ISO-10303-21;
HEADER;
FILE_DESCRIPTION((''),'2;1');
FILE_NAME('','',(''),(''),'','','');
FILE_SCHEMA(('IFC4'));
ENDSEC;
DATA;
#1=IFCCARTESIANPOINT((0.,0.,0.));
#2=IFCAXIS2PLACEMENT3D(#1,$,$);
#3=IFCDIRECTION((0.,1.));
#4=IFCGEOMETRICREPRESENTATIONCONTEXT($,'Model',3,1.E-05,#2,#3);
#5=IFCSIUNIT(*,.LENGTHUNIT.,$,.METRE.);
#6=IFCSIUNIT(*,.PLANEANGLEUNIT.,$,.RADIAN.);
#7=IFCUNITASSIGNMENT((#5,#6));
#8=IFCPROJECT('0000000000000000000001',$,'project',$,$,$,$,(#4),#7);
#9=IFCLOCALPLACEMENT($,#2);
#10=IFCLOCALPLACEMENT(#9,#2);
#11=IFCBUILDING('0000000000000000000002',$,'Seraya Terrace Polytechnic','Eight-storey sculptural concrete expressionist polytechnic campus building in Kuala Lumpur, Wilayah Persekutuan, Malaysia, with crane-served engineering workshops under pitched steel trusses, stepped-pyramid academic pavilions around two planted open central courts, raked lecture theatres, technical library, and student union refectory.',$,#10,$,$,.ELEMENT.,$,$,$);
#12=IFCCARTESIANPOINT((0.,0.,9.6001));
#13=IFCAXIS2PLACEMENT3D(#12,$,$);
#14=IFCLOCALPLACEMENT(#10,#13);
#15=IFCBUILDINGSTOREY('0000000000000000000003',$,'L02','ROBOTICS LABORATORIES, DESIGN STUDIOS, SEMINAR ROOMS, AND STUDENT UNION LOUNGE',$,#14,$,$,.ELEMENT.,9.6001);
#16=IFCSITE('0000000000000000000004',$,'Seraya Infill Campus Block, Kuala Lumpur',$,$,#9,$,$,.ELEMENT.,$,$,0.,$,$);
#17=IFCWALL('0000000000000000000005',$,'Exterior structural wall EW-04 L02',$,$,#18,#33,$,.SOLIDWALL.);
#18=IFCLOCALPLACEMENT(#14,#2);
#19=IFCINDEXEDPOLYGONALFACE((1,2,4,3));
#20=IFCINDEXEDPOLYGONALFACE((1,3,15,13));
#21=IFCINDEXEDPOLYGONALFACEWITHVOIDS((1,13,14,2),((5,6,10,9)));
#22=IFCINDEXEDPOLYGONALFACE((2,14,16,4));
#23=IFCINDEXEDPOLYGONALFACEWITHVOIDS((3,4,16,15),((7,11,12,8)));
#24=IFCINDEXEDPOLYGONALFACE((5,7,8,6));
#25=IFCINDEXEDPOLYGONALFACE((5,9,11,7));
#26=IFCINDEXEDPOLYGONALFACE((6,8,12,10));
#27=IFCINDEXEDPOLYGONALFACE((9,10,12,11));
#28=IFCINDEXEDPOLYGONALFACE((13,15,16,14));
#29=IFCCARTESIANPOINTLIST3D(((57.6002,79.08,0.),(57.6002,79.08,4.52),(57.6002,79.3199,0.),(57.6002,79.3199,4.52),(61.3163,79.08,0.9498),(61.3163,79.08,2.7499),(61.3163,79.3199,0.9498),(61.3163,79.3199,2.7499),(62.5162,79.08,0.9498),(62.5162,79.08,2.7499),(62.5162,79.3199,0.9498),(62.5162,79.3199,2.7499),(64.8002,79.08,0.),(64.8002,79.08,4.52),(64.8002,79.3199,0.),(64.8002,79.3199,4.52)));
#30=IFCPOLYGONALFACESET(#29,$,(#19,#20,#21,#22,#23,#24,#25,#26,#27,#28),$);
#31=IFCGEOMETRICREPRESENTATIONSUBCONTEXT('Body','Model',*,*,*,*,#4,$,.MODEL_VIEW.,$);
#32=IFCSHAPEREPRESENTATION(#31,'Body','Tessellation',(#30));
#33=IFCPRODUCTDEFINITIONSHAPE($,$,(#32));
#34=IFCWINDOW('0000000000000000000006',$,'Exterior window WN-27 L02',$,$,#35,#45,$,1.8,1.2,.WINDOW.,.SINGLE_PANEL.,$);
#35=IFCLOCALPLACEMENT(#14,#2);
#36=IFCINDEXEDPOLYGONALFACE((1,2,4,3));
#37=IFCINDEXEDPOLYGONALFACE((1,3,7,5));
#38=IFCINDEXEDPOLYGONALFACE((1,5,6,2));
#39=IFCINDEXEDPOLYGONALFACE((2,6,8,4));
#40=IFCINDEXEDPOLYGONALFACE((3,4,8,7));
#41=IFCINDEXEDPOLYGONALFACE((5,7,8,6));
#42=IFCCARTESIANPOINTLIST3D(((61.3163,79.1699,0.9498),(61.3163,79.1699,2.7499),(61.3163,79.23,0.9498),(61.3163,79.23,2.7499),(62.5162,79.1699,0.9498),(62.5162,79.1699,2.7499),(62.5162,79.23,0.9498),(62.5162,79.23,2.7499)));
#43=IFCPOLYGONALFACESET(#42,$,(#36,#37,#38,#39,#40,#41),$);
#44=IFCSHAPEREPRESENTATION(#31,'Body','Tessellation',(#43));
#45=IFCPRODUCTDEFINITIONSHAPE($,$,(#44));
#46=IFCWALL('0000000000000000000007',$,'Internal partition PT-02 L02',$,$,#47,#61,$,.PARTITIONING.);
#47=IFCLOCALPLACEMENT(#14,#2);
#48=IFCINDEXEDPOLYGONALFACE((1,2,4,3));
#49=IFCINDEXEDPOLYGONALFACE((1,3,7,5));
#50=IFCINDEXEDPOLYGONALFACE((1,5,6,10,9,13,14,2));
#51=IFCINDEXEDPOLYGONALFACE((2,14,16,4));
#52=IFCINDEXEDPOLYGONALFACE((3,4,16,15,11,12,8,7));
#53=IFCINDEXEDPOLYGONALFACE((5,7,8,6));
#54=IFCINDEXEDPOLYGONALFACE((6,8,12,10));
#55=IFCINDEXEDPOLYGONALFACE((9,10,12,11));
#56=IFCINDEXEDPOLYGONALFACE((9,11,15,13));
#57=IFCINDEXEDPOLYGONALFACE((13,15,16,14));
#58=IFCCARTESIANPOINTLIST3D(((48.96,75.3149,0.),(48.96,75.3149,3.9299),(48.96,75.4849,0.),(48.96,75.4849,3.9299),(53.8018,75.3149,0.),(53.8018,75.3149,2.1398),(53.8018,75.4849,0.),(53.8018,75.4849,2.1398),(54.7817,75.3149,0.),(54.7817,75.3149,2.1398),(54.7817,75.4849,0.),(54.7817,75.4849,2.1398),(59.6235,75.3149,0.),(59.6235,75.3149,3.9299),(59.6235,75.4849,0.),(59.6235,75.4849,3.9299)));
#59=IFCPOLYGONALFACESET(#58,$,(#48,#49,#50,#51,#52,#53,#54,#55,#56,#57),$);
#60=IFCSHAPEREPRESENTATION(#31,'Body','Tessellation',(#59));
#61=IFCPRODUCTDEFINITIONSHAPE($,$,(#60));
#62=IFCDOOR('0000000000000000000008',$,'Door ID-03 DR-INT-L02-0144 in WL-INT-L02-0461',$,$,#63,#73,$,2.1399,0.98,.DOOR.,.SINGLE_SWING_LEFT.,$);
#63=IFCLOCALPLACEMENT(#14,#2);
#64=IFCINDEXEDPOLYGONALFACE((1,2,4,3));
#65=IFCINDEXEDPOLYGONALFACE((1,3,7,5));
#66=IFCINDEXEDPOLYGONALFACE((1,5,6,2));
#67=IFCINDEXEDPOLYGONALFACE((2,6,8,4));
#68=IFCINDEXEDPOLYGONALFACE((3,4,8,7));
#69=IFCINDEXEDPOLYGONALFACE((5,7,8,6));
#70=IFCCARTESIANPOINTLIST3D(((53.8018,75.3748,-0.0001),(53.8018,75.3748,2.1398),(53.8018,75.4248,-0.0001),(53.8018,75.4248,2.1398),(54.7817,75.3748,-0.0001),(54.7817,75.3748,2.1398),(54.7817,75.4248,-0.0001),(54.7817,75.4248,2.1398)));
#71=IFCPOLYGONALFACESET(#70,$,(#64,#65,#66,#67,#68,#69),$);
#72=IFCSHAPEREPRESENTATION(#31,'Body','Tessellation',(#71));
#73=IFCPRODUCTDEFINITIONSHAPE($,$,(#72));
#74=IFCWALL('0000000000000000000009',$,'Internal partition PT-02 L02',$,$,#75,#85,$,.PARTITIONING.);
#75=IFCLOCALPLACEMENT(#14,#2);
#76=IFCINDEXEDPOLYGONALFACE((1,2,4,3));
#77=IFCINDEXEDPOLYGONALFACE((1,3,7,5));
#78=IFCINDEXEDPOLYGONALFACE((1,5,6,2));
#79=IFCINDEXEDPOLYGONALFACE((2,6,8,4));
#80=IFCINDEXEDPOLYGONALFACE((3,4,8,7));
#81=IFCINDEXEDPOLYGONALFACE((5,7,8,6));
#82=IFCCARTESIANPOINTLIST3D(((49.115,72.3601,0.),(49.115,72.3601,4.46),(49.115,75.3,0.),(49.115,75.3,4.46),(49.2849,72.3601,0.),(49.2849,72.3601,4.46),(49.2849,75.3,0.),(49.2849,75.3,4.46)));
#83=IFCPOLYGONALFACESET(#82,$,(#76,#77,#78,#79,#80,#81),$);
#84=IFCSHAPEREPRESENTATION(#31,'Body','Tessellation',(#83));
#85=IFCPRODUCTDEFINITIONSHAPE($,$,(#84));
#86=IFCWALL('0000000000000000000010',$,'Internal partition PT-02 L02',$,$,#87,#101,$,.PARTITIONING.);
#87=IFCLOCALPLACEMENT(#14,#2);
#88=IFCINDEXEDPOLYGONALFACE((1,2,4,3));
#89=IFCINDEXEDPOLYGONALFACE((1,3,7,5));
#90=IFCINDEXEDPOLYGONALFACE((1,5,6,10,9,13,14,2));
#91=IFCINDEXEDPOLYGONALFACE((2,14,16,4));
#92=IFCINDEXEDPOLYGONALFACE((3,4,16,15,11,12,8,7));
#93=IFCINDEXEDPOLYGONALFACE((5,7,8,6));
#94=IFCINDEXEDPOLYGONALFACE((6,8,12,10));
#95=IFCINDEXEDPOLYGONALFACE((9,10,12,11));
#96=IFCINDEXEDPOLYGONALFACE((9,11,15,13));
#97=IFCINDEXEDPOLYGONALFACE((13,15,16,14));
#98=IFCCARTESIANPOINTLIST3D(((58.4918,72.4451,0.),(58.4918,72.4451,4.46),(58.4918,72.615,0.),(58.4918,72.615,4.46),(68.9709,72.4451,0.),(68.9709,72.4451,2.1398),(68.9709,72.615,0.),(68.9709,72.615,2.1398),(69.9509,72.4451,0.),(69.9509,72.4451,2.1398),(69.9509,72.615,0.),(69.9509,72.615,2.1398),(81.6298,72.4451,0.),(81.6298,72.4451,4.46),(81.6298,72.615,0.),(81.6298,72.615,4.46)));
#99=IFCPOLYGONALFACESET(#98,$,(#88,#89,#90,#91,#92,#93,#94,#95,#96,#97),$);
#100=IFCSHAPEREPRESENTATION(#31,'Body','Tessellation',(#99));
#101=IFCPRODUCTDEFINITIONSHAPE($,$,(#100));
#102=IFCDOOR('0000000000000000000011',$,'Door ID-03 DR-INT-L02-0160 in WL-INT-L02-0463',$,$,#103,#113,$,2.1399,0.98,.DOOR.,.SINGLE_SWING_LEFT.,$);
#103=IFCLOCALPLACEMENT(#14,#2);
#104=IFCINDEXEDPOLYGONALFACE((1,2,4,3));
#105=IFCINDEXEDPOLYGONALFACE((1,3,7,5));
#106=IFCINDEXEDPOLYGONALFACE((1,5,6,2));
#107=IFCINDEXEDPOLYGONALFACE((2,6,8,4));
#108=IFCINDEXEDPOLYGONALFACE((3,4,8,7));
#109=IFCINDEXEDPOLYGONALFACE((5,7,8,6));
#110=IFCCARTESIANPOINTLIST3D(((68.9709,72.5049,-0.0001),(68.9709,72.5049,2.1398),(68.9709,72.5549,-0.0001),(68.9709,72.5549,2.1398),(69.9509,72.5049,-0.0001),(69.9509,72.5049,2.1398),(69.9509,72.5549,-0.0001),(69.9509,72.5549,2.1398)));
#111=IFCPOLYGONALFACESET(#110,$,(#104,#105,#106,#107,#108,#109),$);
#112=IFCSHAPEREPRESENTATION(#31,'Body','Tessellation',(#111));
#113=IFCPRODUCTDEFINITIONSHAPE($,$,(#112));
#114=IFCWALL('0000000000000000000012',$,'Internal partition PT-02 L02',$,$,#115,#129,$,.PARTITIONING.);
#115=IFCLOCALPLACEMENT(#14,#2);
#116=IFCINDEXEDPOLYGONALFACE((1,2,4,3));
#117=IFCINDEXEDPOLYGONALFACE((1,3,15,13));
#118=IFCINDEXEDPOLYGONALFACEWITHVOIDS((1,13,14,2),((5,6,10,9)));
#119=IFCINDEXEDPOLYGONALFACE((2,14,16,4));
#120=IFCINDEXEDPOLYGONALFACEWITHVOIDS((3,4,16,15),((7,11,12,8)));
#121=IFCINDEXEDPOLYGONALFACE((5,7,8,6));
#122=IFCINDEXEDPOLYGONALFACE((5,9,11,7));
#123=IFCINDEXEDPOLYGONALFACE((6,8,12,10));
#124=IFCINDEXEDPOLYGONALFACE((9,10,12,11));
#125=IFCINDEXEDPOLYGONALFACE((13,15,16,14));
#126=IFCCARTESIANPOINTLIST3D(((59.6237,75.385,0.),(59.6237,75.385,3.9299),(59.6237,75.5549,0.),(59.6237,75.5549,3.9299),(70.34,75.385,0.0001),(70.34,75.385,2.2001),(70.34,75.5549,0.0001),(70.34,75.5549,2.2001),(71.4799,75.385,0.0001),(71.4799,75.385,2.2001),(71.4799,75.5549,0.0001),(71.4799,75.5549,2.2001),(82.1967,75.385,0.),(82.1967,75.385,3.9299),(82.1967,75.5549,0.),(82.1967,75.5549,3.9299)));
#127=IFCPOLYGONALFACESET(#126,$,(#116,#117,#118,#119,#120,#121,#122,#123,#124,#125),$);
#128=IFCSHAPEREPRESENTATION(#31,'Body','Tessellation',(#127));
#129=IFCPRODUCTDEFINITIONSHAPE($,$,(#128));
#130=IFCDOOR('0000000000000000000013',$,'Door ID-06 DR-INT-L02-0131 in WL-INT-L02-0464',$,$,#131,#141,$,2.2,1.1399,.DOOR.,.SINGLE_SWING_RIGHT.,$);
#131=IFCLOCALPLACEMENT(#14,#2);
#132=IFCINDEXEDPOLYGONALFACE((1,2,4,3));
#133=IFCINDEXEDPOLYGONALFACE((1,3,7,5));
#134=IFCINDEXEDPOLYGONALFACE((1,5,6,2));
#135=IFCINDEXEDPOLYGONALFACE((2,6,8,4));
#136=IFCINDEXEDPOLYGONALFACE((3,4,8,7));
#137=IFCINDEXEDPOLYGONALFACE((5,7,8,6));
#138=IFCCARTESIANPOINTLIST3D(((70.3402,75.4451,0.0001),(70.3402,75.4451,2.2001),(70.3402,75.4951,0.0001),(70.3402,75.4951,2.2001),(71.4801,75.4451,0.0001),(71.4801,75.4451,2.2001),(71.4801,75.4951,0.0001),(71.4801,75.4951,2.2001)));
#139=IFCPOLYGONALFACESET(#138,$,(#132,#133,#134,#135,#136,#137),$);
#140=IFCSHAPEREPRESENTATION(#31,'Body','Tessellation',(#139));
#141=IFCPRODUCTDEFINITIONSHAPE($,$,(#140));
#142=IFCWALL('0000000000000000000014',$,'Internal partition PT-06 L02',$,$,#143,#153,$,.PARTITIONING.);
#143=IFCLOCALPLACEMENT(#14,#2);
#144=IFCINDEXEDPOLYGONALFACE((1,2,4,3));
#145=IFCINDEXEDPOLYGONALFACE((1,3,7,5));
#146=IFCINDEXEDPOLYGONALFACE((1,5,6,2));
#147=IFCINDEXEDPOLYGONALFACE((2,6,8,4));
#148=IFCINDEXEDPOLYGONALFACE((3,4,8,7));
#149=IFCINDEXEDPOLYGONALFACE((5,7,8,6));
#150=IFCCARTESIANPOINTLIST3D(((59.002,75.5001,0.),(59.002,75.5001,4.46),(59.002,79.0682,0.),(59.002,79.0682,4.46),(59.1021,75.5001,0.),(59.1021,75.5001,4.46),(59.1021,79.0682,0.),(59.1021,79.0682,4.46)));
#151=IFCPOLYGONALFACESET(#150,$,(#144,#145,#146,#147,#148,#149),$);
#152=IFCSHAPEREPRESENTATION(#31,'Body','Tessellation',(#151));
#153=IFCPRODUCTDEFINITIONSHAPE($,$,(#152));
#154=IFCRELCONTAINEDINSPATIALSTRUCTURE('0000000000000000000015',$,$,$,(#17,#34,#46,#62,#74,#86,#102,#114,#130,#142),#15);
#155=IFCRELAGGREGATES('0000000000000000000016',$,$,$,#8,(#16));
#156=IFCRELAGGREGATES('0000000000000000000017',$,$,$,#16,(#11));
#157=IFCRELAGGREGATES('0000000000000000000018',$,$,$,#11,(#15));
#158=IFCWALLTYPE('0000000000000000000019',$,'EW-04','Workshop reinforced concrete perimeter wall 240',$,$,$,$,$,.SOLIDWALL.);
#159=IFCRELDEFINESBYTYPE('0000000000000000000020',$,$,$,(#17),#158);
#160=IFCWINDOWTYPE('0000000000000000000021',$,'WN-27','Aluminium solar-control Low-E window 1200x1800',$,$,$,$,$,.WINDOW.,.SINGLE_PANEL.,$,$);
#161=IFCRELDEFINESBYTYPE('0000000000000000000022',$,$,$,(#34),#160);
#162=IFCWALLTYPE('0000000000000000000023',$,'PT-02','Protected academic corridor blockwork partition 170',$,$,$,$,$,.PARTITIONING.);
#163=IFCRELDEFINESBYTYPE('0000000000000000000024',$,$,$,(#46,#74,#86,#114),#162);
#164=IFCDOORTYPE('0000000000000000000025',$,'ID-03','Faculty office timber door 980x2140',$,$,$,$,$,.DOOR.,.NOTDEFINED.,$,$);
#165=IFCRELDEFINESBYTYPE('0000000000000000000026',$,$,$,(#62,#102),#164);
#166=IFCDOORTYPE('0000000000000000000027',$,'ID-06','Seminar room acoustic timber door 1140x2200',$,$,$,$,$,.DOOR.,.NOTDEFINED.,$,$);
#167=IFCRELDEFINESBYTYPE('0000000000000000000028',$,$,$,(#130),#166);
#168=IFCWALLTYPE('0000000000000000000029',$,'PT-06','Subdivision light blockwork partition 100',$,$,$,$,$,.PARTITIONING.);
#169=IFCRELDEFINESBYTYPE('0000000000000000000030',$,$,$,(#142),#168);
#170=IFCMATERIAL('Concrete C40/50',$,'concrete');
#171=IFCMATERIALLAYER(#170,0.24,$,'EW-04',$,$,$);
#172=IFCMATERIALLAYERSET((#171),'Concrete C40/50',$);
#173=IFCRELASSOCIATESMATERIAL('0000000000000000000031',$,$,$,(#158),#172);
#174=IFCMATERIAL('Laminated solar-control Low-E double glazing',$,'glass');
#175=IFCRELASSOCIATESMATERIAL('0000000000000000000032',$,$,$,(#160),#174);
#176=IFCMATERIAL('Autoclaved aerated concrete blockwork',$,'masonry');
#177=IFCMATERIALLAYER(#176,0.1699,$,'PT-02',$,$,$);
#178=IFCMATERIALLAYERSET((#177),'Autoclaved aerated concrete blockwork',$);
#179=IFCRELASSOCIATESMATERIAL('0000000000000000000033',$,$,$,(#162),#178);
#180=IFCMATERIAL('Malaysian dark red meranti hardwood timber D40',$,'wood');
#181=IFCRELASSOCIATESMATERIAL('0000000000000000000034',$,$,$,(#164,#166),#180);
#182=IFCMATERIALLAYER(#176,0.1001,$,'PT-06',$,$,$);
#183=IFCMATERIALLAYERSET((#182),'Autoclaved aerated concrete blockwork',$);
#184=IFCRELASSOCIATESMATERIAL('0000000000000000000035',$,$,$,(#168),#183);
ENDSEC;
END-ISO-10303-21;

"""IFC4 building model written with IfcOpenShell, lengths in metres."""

from ifc_helpers import new_model, si_unit, direction, frame, frame_2d, origin, place, context, subcontext, project, spatial, rectangle, extrude, material, layer, layer_set, type_object, element, fill, save


model = new_model("IFC4")

# Units and contexts
model_context = context("Model", 3, precision=1e-05, world=origin(), true_north=direction((0.0, 1.0)))
body_context = subcontext(model_context, "Body", "Model", "MODEL_VIEW")
ifc_project = project(units=[si_unit("LENGTHUNIT", "METRE"), si_unit("PLANEANGLEUNIT", "RADIAN")], contexts=[model_context])

# Site, building, storey
site_placement = place(None, origin())
site = spatial("IfcSite", under=ifc_project, at=site_placement, Name="Seraya Infill Campus Block, Kuala Lumpur", CompositionType="ELEMENT", RefElevation=0.0)
building_placement = place(site_placement, origin())
building = spatial("IfcBuilding", under=site, at=building_placement, Name="Seraya Terrace Polytechnic", Description="Eight-storey sculptural concrete expressionist polytechnic campus building in Kuala Lumpur, Wilayah Persekutuan, Malaysia, with crane-served engineering workshops under pitched steel trusses, stepped-pyramid academic pavilions around two planted open central courts, raked lecture theatres, technical library, and student union refectory.", CompositionType="ELEMENT")
storey_placement = place(building_placement, frame((0.0, 0.0, 9.6001)))
storey = spatial("IfcBuildingStorey", under=building, at=storey_placement, Name="L02", Description="ROBOTICS LABORATORIES, DESIGN STUDIOS, SEMINAR ROOMS, AND STUDENT UNION LOUNGE", CompositionType="ELEMENT", Elevation=9.6001)

# Shared definitions
ifc_material_1 = material(Name="Concrete C40/50", Category="concrete")

# Wall, opening, window
ifc_layer_1 = layer(ifc_material_1, 0.24, Name="EW-04")
ifc_layer_set_1 = layer_set([ifc_layer_1], Name="Concrete C40/50")
wall_type_1 = type_object("IfcWallType", Name="EW-04", Description="Workshop reinforced concrete perimeter wall 240", PredefinedType="SOLIDWALL", material=ifc_layer_set_1)
ifc_material_2 = material(Name="Laminated solar-control Low-E double glazing", Category="glass")
wall_1_placement = place(storey_placement, frame((57.6001, 79.2, 0.0), z_axis=(0.0, 0.0, 1.0), x_axis=(1.0, 0.0, 0.0)))
wall_1 = element("IfcWall", 1, at=wall_1_placement, inside=storey, type_object=wall_type_1, Name="Exterior structural wall EW-04 L02", PredefinedType="SOLIDWALL", context=body_context, shape_type="SweptSolid", body=[
    extrude(rectangle(XDim=7.2, YDim=0.24, at=frame_2d((3.6001, 0.0))), origin(), (0.0, 0.0, 1.0), 4.52),
])
opening_1_placement = place(wall_1_placement, frame((3.7161, 0.0, 0.95)))
opening_1 = element("IfcOpeningElement", 2, at=opening_1_placement, cuts=wall_1, PredefinedType="OPENING", context=body_context, shape_type="SweptSolid", body=[
    extrude(rectangle(XDim=1.2, YDim=1.8, at=frame_2d((0.6001, 0.8999))), frame((0.0, 0.1318, 0.0), z_axis=(0.0, -1.0, 0.0), x_axis=(1.0, 0.0, 0.0)), (0.0, 0.0, 1.0), 0.2639),
])
window_type_1 = type_object("IfcWindowType", Name="WN-27", Description="Aluminium solar-control Low-E window 1200x1800", PartitioningType="SINGLE_PANEL", PredefinedType="WINDOW", material=ifc_material_2)
window_1_placement = place(opening_1_placement, origin())
window_1 = element("IfcWindow", 3, at=window_1_placement, inside=storey, type_object=window_type_1, Name="Exterior window WN-27 L02", OverallHeight=1.8, OverallWidth=1.2, PartitioningType="SINGLE_PANEL", PredefinedType="WINDOW", context=body_context, shape_type="SweptSolid", body=[
    extrude(rectangle(XDim=1.2, YDim=1.8, at=frame_2d((0.6001, 0.8999))), frame((0.0, 0.03, 0.0), z_axis=(0.0, -1.0, 0.0), x_axis=(1.0, 0.0, 0.0)), (0.0, 0.0, 1.0), 0.0601),
])
fill(opening_1, window_1)

# Wall, opening, door
ifc_material_3 = material(Name="Autoclaved aerated concrete blockwork", Category="masonry")
ifc_layer_2 = layer(ifc_material_3, 0.1699, Name="PT-02")
ifc_layer_set_2 = layer_set([ifc_layer_2], Name="Autoclaved aerated concrete blockwork")
wall_type_2 = type_object("IfcWallType", Name="PT-02", Description="Protected academic corridor blockwork partition 170", PredefinedType="PARTITIONING", material=ifc_layer_set_2)
wall_2_placement = place(storey_placement, frame((48.96, 75.3999, 0.0), z_axis=(0.0, 0.0, 1.0), x_axis=(1.0, 0.0, 0.0)))
wall_2 = element("IfcWall", 4, at=wall_2_placement, inside=storey, type_object=wall_type_2, Name="Internal partition PT-02 L02", PredefinedType="PARTITIONING", context=body_context, shape_type="SweptSolid", body=[
    extrude(rectangle(XDim=10.6636, YDim=0.1699, at=frame_2d((5.3318, 0.0))), origin(), (0.0, 0.0, 1.0), 3.9299),
])
opening_2_placement = place(wall_2_placement, frame((4.8418, 0.0, 0.0)))
opening_2 = element("IfcOpeningElement", 5, at=opening_2_placement, cuts=wall_2, PredefinedType="OPENING", context=body_context, shape_type="SweptSolid", body=[
    extrude(rectangle(XDim=0.98, YDim=2.1399, at=frame_2d((0.49, 1.0698))), frame((0.0, 0.0969, 0.0), z_axis=(0.0, -1.0, 0.0), x_axis=(1.0, 0.0, 0.0)), (0.0, 0.0, 1.0), 0.1938),
])
ifc_material_4 = material(Name="Malaysian dark red meranti hardwood timber D40", Category="wood")
door_type_1 = type_object("IfcDoorType", Name="ID-03", Description="Faculty office timber door 980x2140", OperationType="NOTDEFINED", PredefinedType="DOOR", material=ifc_material_4)
door_1_placement = place(opening_2_placement, origin())
door_1 = element("IfcDoor", 6, at=door_1_placement, inside=storey, type_object=door_type_1, Name="Door ID-03 DR-INT-L02-0144 in WL-INT-L02-0461", OperationType="SINGLE_SWING_LEFT", OverallHeight=2.1399, OverallWidth=0.98, PredefinedType="DOOR", context=body_context, shape_type="SweptSolid", body=[
    extrude(rectangle(XDim=0.98, YDim=2.1399, at=frame_2d((0.49, 1.0698))), frame((0.0, 0.0249, 0.0), z_axis=(0.0, -1.0, 0.0), x_axis=(1.0, 0.0, 0.0)), (0.0, 0.0, 1.0), 0.05),
])
fill(opening_2, door_1)

# Wall
wall_3_placement = place(storey_placement, frame((49.2, 72.3601, 0.0), z_axis=(0.0, 0.0, 1.0), x_axis=(0.0, 1.0, 0.0)))
element("IfcWall", 7, at=wall_3_placement, inside=storey, type_object=wall_type_2, Name="Internal partition PT-02 L02", PredefinedType="PARTITIONING", context=body_context, shape_type="SweptSolid", body=[
    extrude(rectangle(XDim=2.9399, YDim=0.1699, at=frame_2d((1.47, 0.0))), origin(), (0.0, 0.0, 1.0), 4.46),
])

# Walls, openings, doors
wall_4_placement = place(storey_placement, frame((58.4919, 72.53, 0.0), z_axis=(0.0, 0.0, 1.0), x_axis=(1.0, 0.0, 0.0)))
wall_4 = element("IfcWall", 8, at=wall_4_placement, inside=storey, type_object=wall_type_2, Name="Internal partition PT-02 L02", PredefinedType="PARTITIONING", context=body_context, shape_type="SweptSolid", body=[
    extrude(rectangle(XDim=23.1379, YDim=0.1699, at=frame_2d((11.5688, 0.0))), origin(), (0.0, 0.0, 1.0), 4.46),
])
opening_3_placement = place(wall_4_placement, frame((10.479, 0.0, 0.0)))
opening_3 = element("IfcOpeningElement", 9, at=opening_3_placement, cuts=wall_4, PredefinedType="OPENING", context=body_context, shape_type="SweptSolid", body=[
    extrude(rectangle(XDim=0.98, YDim=2.1399, at=frame_2d((0.49, 1.0698))), frame((0.0, 0.0969, 0.0), z_axis=(0.0, -1.0, 0.0), x_axis=(1.0, 0.0, 0.0)), (0.0, 0.0, 1.0), 0.1938),
])
door_2_placement = place(opening_3_placement, origin())
door_2 = element("IfcDoor", 10, at=door_2_placement, inside=storey, type_object=door_type_1, Name="Door ID-03 DR-INT-L02-0160 in WL-INT-L02-0463", OperationType="SINGLE_SWING_LEFT", OverallHeight=2.1399, OverallWidth=0.98, PredefinedType="DOOR", context=body_context, shape_type="SweptSolid", body=[
    extrude(rectangle(XDim=0.98, YDim=2.1399, at=frame_2d((0.49, 1.0698))), frame((0.0, 0.0249, 0.0), z_axis=(0.0, -1.0, 0.0), x_axis=(1.0, 0.0, 0.0)), (0.0, 0.0, 1.0), 0.05),
])
fill(opening_3, door_2)
wall_5_placement = place(storey_placement, frame((59.6235, 75.47, 0.0), z_axis=(0.0, 0.0, 1.0), x_axis=(1.0, 0.0, 0.0)))
wall_5 = element("IfcWall", 11, at=wall_5_placement, inside=storey, type_object=wall_type_2, Name="Internal partition PT-02 L02", PredefinedType="PARTITIONING", context=body_context, shape_type="SweptSolid", body=[
    extrude(rectangle(XDim=22.573, YDim=0.1699, at=frame_2d((11.2866, 0.0))), origin(), (0.0, 0.0, 1.0), 3.9299),
])
opening_4_placement = place(wall_5_placement, frame((10.7166, 0.0, 0.0)))
opening_4 = element("IfcOpeningElement", 12, at=opening_4_placement, cuts=wall_5, PredefinedType="OPENING", context=body_context, shape_type="SweptSolid", body=[
    extrude(rectangle(XDim=1.1399, YDim=2.2, at=frame_2d((0.5698, 1.1001))), frame((0.0, 0.0969, 0.0), z_axis=(0.0, -1.0, 0.0), x_axis=(1.0, 0.0, 0.0)), (0.0, 0.0, 1.0), 0.1938),
])
door_type_2 = type_object("IfcDoorType", Name="ID-06", Description="Seminar room acoustic timber door 1140x2200", OperationType="NOTDEFINED", PredefinedType="DOOR", material=ifc_material_4)
door_3_placement = place(opening_4_placement, frame((1.1399, 0.0, 0.0), z_axis=(0.0, 0.0, 1.0), x_axis=(-1.0, 0.0, 0.0)))
door_3 = element("IfcDoor", 13, at=door_3_placement, inside=storey, type_object=door_type_2, Name="Door ID-06 DR-INT-L02-0131 in WL-INT-L02-0464", OperationType="SINGLE_SWING_RIGHT", OverallHeight=2.2, OverallWidth=1.1399, PredefinedType="DOOR", context=body_context, shape_type="SweptSolid", body=[
    extrude(rectangle(XDim=1.1399, YDim=2.2, at=frame_2d((0.5698, 1.1001))), frame((0.0, 0.0249, 0.0), z_axis=(0.0, -1.0, 0.0), x_axis=(1.0, 0.0, 0.0)), (0.0, 0.0, 1.0), 0.05),
])
fill(opening_4, door_3)

# Wall
ifc_layer_3 = layer(ifc_material_3, 0.1001, Name="PT-06")
ifc_layer_set_3 = layer_set([ifc_layer_3], Name="Autoclaved aerated concrete blockwork")
wall_type_3 = type_object("IfcWallType", Name="PT-06", Description="Subdivision light blockwork partition 100", PredefinedType="PARTITIONING", material=ifc_layer_set_3)
wall_6_placement = place(storey_placement, frame((59.052, 75.5, 0.0), z_axis=(0.0, 0.0, 1.0), x_axis=(0.0, 1.0, 0.0)))
element("IfcWall", 14, at=wall_6_placement, inside=storey, type_object=wall_type_3, Name="Internal partition PT-06 L02", PredefinedType="PARTITIONING", context=body_context, shape_type="SweptSolid", body=[
    extrude(rectangle(XDim=3.5681, YDim=0.1001, at=frame_2d((1.7842, 0.0))), origin(), (0.0, 0.0, 1.0), 4.46),
])

save(model, "model.ifc")
